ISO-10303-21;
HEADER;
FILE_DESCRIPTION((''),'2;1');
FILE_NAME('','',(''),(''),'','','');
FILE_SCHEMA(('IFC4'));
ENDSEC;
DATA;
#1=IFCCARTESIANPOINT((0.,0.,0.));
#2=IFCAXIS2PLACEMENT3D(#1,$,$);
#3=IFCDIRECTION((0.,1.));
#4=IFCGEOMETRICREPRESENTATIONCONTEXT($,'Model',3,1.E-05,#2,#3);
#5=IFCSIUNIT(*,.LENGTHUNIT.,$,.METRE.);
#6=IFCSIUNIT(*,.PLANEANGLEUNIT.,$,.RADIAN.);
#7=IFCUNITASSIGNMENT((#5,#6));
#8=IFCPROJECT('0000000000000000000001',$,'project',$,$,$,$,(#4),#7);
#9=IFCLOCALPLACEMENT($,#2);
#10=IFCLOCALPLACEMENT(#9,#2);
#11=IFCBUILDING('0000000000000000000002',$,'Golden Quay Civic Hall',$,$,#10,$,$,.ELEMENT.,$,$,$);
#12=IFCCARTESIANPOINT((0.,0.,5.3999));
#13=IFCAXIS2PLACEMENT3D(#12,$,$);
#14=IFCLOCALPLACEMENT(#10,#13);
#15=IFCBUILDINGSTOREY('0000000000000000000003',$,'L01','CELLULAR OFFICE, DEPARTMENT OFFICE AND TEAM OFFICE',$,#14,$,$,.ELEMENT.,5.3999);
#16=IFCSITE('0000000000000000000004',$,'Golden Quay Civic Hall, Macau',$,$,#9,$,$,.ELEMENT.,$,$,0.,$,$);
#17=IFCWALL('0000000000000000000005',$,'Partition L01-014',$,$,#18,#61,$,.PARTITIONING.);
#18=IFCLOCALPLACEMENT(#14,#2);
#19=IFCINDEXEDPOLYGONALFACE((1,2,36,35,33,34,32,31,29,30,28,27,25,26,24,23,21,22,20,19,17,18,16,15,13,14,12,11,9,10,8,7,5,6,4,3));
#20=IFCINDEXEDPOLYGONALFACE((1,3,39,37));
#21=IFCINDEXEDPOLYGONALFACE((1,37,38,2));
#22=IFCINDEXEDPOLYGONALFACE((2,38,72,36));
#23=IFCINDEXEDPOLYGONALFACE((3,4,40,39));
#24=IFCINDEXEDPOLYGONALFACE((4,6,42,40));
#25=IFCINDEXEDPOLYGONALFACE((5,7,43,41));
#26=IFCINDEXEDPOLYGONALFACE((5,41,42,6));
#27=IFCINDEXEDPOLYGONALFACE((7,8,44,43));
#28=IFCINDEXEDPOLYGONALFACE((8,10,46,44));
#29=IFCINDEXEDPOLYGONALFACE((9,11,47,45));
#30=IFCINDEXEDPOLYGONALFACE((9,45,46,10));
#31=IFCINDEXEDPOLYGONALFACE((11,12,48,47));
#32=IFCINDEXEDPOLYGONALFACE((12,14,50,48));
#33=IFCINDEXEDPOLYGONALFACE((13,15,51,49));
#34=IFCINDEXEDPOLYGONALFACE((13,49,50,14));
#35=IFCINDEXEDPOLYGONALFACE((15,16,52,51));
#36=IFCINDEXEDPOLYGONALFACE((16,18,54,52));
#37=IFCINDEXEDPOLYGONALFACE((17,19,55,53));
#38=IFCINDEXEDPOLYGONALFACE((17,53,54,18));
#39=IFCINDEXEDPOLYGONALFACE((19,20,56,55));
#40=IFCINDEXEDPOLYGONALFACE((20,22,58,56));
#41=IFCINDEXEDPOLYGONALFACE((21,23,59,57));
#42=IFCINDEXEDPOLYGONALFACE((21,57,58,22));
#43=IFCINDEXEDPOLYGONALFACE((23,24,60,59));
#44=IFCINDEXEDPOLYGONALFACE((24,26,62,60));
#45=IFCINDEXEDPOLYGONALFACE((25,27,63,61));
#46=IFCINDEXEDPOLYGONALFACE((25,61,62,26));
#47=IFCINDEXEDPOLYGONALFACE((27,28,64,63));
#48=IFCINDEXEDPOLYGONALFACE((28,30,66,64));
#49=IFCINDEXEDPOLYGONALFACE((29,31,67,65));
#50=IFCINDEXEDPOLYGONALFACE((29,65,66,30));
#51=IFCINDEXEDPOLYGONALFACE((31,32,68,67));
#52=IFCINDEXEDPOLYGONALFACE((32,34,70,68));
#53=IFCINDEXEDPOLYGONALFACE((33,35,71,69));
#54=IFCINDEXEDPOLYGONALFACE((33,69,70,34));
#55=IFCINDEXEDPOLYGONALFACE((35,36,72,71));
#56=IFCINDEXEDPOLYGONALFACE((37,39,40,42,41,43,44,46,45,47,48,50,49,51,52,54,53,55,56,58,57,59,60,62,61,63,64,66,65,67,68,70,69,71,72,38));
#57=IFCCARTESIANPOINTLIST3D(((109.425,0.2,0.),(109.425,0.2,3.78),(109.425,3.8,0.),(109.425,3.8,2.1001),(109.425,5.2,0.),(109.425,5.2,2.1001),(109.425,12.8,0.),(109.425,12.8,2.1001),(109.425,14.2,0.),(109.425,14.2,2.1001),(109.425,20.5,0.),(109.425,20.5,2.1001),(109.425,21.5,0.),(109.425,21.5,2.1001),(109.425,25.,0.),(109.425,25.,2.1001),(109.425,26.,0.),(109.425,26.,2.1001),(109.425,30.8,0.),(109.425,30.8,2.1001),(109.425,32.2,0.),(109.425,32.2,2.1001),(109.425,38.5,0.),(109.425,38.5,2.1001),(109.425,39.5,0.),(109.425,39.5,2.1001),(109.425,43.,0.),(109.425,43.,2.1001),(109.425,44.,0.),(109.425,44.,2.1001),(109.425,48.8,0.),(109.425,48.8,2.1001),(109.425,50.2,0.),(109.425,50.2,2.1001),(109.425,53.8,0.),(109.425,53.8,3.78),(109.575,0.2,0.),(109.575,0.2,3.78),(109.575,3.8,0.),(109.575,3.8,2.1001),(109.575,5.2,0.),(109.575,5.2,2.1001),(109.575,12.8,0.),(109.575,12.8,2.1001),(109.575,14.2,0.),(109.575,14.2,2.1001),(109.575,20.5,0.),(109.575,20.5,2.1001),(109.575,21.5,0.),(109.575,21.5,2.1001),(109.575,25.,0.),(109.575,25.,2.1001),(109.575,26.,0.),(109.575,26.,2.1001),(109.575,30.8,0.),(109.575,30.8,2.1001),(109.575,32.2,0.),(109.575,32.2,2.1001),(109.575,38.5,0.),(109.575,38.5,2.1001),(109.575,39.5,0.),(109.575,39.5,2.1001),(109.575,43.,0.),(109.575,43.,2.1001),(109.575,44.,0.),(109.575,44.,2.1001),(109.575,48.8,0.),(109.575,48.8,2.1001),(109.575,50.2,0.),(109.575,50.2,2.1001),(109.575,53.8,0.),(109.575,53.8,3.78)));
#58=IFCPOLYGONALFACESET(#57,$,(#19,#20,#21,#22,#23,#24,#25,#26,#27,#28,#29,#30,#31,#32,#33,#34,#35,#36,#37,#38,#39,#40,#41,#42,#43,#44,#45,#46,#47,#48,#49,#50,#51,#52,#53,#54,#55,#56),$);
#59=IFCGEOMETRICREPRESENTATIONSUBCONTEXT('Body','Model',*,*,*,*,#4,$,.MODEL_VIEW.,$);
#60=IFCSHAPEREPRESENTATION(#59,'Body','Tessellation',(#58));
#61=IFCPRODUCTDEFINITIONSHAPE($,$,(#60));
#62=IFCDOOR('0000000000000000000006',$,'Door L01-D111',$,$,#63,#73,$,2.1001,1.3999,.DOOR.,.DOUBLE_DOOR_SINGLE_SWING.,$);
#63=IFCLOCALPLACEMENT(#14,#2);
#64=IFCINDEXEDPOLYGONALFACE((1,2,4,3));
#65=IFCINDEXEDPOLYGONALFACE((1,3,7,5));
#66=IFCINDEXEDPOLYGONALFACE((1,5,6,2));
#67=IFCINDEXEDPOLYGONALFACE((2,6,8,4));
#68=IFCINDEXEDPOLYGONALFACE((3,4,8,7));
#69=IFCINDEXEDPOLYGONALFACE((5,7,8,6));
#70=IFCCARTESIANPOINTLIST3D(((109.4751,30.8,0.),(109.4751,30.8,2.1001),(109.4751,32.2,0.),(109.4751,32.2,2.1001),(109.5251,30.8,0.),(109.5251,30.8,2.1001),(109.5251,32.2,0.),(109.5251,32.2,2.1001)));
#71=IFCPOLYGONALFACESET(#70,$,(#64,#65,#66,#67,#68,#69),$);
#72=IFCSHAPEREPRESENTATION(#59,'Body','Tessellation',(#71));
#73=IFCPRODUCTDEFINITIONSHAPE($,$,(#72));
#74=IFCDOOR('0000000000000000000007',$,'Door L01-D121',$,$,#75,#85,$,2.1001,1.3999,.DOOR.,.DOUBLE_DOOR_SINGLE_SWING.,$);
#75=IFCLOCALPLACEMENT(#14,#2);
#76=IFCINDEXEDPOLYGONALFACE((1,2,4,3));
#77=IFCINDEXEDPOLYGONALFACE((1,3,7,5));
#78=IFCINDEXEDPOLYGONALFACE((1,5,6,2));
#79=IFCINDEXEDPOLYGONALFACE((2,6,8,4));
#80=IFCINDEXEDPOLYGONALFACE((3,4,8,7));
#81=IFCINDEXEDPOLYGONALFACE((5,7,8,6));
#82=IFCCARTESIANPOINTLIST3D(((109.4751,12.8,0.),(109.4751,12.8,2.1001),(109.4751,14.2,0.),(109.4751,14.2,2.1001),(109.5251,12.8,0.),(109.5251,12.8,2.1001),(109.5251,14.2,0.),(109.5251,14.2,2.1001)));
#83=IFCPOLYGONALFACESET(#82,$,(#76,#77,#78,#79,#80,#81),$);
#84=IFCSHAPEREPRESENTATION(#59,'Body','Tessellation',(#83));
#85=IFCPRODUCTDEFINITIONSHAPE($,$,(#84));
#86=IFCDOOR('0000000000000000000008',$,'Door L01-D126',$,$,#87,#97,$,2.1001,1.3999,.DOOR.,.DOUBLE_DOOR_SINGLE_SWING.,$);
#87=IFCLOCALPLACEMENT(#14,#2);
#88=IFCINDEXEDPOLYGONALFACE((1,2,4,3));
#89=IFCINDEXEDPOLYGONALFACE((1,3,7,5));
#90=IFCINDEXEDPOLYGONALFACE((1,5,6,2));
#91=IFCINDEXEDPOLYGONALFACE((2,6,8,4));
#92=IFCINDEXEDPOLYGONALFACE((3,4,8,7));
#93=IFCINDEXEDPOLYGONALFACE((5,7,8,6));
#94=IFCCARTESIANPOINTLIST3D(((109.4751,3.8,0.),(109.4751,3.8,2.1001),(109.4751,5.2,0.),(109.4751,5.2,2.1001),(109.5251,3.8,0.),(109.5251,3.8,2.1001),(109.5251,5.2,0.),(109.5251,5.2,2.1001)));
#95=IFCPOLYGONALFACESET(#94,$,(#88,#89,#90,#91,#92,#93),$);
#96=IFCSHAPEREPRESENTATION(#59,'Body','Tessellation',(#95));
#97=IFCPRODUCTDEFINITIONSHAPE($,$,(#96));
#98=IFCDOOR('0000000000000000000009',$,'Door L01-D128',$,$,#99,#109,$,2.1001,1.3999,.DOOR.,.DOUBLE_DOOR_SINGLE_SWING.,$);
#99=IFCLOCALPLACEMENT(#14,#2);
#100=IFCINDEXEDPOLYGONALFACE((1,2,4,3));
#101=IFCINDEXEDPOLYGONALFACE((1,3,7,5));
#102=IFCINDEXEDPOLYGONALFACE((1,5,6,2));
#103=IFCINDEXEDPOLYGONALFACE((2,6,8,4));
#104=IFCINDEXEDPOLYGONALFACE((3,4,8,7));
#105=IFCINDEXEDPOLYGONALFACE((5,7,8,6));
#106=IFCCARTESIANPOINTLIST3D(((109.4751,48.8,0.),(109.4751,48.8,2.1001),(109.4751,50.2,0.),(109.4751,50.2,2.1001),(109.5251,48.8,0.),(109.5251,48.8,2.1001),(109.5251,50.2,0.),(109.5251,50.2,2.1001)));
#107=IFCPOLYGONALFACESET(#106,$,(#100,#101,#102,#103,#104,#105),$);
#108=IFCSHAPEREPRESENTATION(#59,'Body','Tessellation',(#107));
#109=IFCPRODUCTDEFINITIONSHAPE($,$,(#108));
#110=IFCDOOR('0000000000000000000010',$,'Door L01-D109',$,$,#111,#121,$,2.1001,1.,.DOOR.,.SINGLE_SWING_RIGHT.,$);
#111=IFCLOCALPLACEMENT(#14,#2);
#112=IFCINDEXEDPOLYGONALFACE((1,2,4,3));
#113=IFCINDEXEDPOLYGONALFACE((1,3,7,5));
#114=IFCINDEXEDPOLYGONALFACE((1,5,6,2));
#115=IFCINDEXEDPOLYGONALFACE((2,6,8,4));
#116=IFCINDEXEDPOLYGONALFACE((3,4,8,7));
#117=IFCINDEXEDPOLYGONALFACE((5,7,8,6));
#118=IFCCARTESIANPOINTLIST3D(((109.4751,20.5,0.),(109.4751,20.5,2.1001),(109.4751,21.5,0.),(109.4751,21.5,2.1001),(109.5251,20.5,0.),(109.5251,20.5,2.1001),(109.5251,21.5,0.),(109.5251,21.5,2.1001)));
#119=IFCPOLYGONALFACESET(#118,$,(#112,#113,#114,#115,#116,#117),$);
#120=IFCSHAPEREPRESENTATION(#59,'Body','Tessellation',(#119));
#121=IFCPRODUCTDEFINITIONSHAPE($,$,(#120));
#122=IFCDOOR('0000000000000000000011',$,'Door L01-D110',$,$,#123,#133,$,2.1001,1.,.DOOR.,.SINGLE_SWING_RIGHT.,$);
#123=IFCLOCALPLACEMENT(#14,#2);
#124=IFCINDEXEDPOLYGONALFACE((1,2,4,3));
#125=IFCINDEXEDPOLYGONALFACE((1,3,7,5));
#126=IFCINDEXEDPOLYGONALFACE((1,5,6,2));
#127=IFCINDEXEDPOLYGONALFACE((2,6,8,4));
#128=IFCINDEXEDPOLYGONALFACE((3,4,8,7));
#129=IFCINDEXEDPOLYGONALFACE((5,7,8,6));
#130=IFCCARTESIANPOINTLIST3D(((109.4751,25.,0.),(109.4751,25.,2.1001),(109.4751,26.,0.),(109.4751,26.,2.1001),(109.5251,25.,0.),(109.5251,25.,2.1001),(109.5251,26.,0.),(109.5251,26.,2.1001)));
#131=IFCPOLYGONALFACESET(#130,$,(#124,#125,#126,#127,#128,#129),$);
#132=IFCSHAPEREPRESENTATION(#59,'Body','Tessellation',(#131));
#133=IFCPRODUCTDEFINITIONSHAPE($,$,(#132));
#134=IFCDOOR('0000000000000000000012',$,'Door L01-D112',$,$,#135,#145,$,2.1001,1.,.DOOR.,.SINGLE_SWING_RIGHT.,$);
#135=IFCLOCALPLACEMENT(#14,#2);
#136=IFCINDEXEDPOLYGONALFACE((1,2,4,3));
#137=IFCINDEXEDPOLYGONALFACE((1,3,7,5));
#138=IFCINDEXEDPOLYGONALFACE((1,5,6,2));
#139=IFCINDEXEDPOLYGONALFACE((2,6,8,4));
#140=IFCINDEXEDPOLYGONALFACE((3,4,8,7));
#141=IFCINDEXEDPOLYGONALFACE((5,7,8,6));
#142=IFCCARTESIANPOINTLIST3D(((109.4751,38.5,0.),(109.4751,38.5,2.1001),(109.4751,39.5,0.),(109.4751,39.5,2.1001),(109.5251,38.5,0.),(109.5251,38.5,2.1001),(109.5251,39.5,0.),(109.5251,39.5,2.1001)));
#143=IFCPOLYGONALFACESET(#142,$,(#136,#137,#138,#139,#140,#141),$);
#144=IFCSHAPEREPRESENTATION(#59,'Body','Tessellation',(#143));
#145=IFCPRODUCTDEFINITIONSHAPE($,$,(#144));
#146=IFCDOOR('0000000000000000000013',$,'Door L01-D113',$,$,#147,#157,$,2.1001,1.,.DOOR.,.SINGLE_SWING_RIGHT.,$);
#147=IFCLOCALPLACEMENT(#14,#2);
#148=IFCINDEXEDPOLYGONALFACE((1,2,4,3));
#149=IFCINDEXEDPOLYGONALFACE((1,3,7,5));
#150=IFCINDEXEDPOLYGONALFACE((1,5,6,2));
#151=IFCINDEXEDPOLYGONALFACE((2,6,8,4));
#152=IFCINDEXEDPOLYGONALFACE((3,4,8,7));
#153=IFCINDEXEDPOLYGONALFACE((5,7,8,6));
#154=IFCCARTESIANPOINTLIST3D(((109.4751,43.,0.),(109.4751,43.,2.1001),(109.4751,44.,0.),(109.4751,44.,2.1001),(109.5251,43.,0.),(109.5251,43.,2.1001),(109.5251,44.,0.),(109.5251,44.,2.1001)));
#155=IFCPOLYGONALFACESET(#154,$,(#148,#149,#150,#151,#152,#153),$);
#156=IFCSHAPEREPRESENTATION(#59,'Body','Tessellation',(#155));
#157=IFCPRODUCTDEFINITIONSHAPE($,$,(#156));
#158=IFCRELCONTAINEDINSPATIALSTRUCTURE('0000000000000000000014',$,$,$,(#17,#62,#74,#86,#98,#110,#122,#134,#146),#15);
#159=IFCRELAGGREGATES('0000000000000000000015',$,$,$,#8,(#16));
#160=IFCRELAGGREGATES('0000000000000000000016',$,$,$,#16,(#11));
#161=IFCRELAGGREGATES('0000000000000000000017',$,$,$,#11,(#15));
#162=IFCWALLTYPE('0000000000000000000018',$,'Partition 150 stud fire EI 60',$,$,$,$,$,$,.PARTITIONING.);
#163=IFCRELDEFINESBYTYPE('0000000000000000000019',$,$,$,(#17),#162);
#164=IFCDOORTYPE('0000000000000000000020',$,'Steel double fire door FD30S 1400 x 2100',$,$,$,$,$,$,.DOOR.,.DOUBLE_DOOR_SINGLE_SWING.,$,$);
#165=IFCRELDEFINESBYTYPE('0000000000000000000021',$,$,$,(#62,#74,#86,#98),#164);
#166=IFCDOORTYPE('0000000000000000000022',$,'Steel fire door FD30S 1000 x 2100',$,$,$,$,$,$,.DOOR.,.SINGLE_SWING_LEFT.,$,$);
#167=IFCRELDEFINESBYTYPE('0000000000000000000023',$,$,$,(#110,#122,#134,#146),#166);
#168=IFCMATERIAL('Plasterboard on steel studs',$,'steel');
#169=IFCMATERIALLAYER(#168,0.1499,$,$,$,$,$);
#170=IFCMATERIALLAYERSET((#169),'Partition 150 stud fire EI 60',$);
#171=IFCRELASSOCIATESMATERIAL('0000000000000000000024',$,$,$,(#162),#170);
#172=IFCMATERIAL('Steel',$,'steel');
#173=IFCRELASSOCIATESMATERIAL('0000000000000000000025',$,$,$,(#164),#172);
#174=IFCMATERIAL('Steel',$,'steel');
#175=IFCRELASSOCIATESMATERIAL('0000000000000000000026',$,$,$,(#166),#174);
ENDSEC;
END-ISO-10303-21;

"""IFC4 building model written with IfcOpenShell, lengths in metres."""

from ifc_helpers import new_model, si_unit, direction, frame, frame_2d, origin, place, context, subcontext, project, spatial, rectangle, extrude, material, layer, layer_set, type_object, element, fill, save


model = new_model("IFC4")

# Units and contexts
model_context = context("Model", 3, precision=1e-05, world=origin(), true_north=direction((0.0, 1.0)))
body_context = subcontext(model_context, "Body", "Model", "MODEL_VIEW")
ifc_project = project(units=[si_unit("LENGTHUNIT", "METRE"), si_unit("PLANEANGLEUNIT", "RADIAN")], contexts=[model_context])

# Site, building, storey
site_placement = place(None, origin())
site = spatial("IfcSite", under=ifc_project, at=site_placement, Name="Golden Quay Civic Hall, Macau", CompositionType="ELEMENT", RefElevation=0.0)
building_placement = place(site_placement, origin())
building = spatial("IfcBuilding", under=site, at=building_placement, Name="Golden Quay Civic Hall", CompositionType="ELEMENT")
storey_placement = place(building_placement, frame((0.0, 0.0, 5.3999)))
storey = spatial("IfcBuildingStorey", under=building, at=storey_placement, Name="L01", Description="CELLULAR OFFICE, DEPARTMENT OFFICE AND TEAM OFFICE", CompositionType="ELEMENT", Elevation=5.3999)

# Wall, openings, doors
ifc_material_1 = material(Name="Plasterboard on steel studs", Category="steel")
ifc_layer_1 = layer(ifc_material_1, 0.1499)
ifc_layer_set_1 = layer_set([ifc_layer_1], Name="Partition 150 stud fire EI 60")
wall_type_1 = type_object("IfcWallType", Name="Partition 150 stud fire EI 60", PredefinedType="PARTITIONING", material=ifc_layer_set_1)
wall_1_placement = place(storey_placement, frame((109.5, 0.2, 0.0), z_axis=(0.0, 0.0, 1.0), x_axis=(0.0, 1.0, 0.0)))
wall_1 = element("IfcWall", 1, at=wall_1_placement, inside=storey, type_object=wall_type_1, Name="Partition L01-014", PredefinedType="PARTITIONING", context=body_context, shape_type="SweptSolid", body=[
    extrude(rectangle(XDim=53.6001, YDim=0.1499, at=frame_2d((26.8, 0.0))), origin(), (0.0, 0.0, 1.0), 3.78),
])
opening_1_placement = place(wall_1_placement, frame((20.3, 0.0, 0.0)))
opening_1 = element("IfcOpeningElement", 2, at=opening_1_placement, cuts=wall_1, PredefinedType="OPENING", context=body_context, shape_type="SweptSolid", body=[
    extrude(rectangle(XDim=1.0, YDim=2.1001, at=frame_2d((0.5, 1.05))), frame((0.0, 0.085, 0.0), z_axis=(0.0, -1.0, 0.0), x_axis=(1.0, 0.0, 0.0)), (0.0, 0.0, 1.0), 0.1699),
])
opening_2_placement = place(wall_1_placement, frame((24.8, 0.0, 0.0)))
opening_2 = element("IfcOpeningElement", 3, at=opening_2_placement, cuts=wall_1, PredefinedType="OPENING", context=body_context, shape_type="SweptSolid", body=[
    extrude(rectangle(XDim=1.0, YDim=2.1001, at=frame_2d((0.5, 1.05))), frame((0.0, 0.085, 0.0), z_axis=(0.0, -1.0, 0.0), x_axis=(1.0, 0.0, 0.0)), (0.0, 0.0, 1.0), 0.1699),
])
opening_3_placement = place(wall_1_placement, frame((30.6001, 0.0, 0.0)))
opening_3 = element("IfcOpeningElement", 4, at=opening_3_placement, cuts=wall_1, PredefinedType="OPENING", context=body_context, shape_type="SweptSolid", body=[
    extrude(rectangle(XDim=1.3999, YDim=2.1001, at=frame_2d((0.7, 1.05))), frame((0.0, 0.085, 0.0), z_axis=(0.0, -1.0, 0.0), x_axis=(1.0, 0.0, 0.0)), (0.0, 0.0, 1.0), 0.1699),
])
opening_4_placement = place(wall_1_placement, frame((38.3, 0.0, 0.0)))
opening_4 = element("IfcOpeningElement", 5, at=opening_4_placement, cuts=wall_1, PredefinedType="OPENING", context=body_context, shape_type="SweptSolid", body=[
    extrude(rectangle(XDim=1.0, YDim=2.1001, at=frame_2d((0.5, 1.05))), frame((0.0, 0.085, 0.0), z_axis=(0.0, -1.0, 0.0), x_axis=(1.0, 0.0, 0.0)), (0.0, 0.0, 1.0), 0.1699),
])
opening_5_placement = place(wall_1_placement, frame((42.8, 0.0, 0.0)))
opening_5 = element("IfcOpeningElement", 6, at=opening_5_placement, cuts=wall_1, PredefinedType="OPENING", context=body_context, shape_type="SweptSolid", body=[
    extrude(rectangle(XDim=1.0, YDim=2.1001, at=frame_2d((0.5, 1.05))), frame((0.0, 0.085, 0.0), z_axis=(0.0, -1.0, 0.0), x_axis=(1.0, 0.0, 0.0)), (0.0, 0.0, 1.0), 0.1699),
])
opening_6_placement = place(wall_1_placement, frame((12.6001, 0.0, 0.0)))
opening_6 = element("IfcOpeningElement", 7, at=opening_6_placement, cuts=wall_1, PredefinedType="OPENING", context=body_context, shape_type="SweptSolid", body=[
    extrude(rectangle(XDim=1.3999, YDim=2.1001, at=frame_2d((0.7, 1.05))), frame((0.0, 0.085, 0.0), z_axis=(0.0, -1.0, 0.0), x_axis=(1.0, 0.0, 0.0)), (0.0, 0.0, 1.0), 0.1699),
])
opening_7_placement = place(wall_1_placement, frame((3.6001, 0.0, 0.0)))
opening_7 = element("IfcOpeningElement", 8, at=opening_7_placement, cuts=wall_1, PredefinedType="OPENING", context=body_context, shape_type="SweptSolid", body=[
    extrude(rectangle(XDim=1.3999, YDim=2.1001, at=frame_2d((0.7, 1.05))), frame((0.0, 0.085, 0.0), z_axis=(0.0, -1.0, 0.0), x_axis=(1.0, 0.0, 0.0)), (0.0, 0.0, 1.0), 0.1699),
])
opening_8_placement = place(wall_1_placement, frame((48.6001, 0.0, 0.0)))
opening_8 = element("IfcOpeningElement", 9, at=opening_8_placement, cuts=wall_1, PredefinedType="OPENING", context=body_context, shape_type="SweptSolid", body=[
    extrude(rectangle(XDim=1.3999, YDim=2.1001, at=frame_2d((0.7, 1.05))), frame((0.0, 0.085, 0.0), z_axis=(0.0, -1.0, 0.0), x_axis=(1.0, 0.0, 0.0)), (0.0, 0.0, 1.0), 0.1699),
])
ifc_material_2 = material(Name="Steel", Category="steel")
door_type_1 = type_object("IfcDoorType", Name="Steel double fire door FD30S 1400 x 2100", OperationType="DOUBLE_DOOR_SINGLE_SWING", PredefinedType="DOOR", material=ifc_material_2)
door_1_placement = place(opening_3_placement, frame((1.3999, 0.0, 0.0), z_axis=(0.0, 0.0, 1.0), x_axis=(-1.0, 0.0, 0.0)))
door_1 = element("IfcDoor", 10, at=door_1_placement, inside=storey, type_object=door_type_1, Name="Door L01-D111", OperationType="DOUBLE_DOOR_SINGLE_SWING", OverallHeight=2.1001, OverallWidth=1.3999, PredefinedType="DOOR", context=body_context, shape_type="SweptSolid", body=[
    extrude(rectangle(XDim=1.3999, YDim=2.1001, at=frame_2d((0.7, 1.05))), frame((0.0, 0.0251, 0.0), z_axis=(0.0, -1.0, 0.0), x_axis=(1.0, 0.0, 0.0)), (0.0, 0.0, 1.0), 0.05),
])
fill(opening_3, door_1)
door_2_placement = place(opening_6_placement, frame((1.3999, 0.0, 0.0), z_axis=(0.0, 0.0, 1.0), x_axis=(-1.0, 0.0, 0.0)))
door_2 = element("IfcDoor", 11, at=door_2_placement, inside=storey, type_object=door_type_1, Name="Door L01-D121", OperationType="DOUBLE_DOOR_SINGLE_SWING", OverallHeight=2.1001, OverallWidth=1.3999, PredefinedType="DOOR", context=body_context, shape_type="SweptSolid", body=[
    extrude(rectangle(XDim=1.3999, YDim=2.1001, at=frame_2d((0.7, 1.05))), frame((0.0, 0.0251, 0.0), z_axis=(0.0, -1.0, 0.0), x_axis=(1.0, 0.0, 0.0)), (0.0, 0.0, 1.0), 0.05),
])
fill(opening_6, door_2)
door_3_placement = place(opening_7_placement, origin())
door_3 = element("IfcDoor", 12, at=door_3_placement, inside=storey, type_object=door_type_1, Name="Door L01-D126", OperationType="DOUBLE_DOOR_SINGLE_SWING", OverallHeight=2.1001, OverallWidth=1.3999, PredefinedType="DOOR", context=body_context, shape_type="SweptSolid", body=[
    extrude(rectangle(XDim=1.3999, YDim=2.1001, at=frame_2d((0.7, 1.05))), frame((0.0, 0.0249, 0.0), z_axis=(0.0, -1.0, 0.0), x_axis=(1.0, 0.0, 0.0)), (0.0, 0.0, 1.0), 0.05),
])
fill(opening_7, door_3)
door_4_placement = place(opening_8_placement, origin())
door_4 = element("IfcDoor", 13, at=door_4_placement, inside=storey, type_object=door_type_1, Name="Door L01-D128", OperationType="DOUBLE_DOOR_SINGLE_SWING", OverallHeight=2.1001, OverallWidth=1.3999, PredefinedType="DOOR", context=body_context, shape_type="SweptSolid", body=[
    extrude(rectangle(XDim=1.3999, YDim=2.1001, at=frame_2d((0.7, 1.05))), frame((0.0, 0.0249, 0.0), z_axis=(0.0, -1.0, 0.0), x_axis=(1.0, 0.0, 0.0)), (0.0, 0.0, 1.0), 0.05),
])
fill(opening_8, door_4)
ifc_material_3 = material(Name="Steel", Category="steel")
door_type_2 = type_object("IfcDoorType", Name="Steel fire door FD30S 1000 x 2100", OperationType="SINGLE_SWING_LEFT", PredefinedType="DOOR", material=ifc_material_3)
door_5_placement = place(opening_1_placement, frame((1.0, 0.0, 0.0), z_axis=(0.0, 0.0, 1.0), x_axis=(-1.0, 0.0, 0.0)))
door_5 = element("IfcDoor", 14, at=door_5_placement, inside=storey, type_object=door_type_2, Name="Door L01-D109", OperationType="SINGLE_SWING_RIGHT", OverallHeight=2.1001, OverallWidth=1.0, PredefinedType="DOOR", context=body_context, shape_type="SweptSolid", body=[
    extrude(rectangle(XDim=1.0, YDim=2.1001, at=frame_2d((0.5, 1.05))), frame((0.0, 0.0251, 0.0), z_axis=(0.0, -1.0, 0.0), x_axis=(1.0, 0.0, 0.0)), (0.0, 0.0, 1.0), 0.05),
])
fill(opening_1, door_5)
door_6_placement = place(opening_2_placement, frame((1.0, 0.0, 0.0), z_axis=(0.0, 0.0, 1.0), x_axis=(-1.0, 0.0, 0.0)))
door_6 = element("IfcDoor", 15, at=door_6_placement, inside=storey, type_object=door_type_2, Name="Door L01-D110", OperationType="SINGLE_SWING_RIGHT", OverallHeight=2.1001, OverallWidth=1.0, PredefinedType="DOOR", context=body_context, shape_type="SweptSolid", body=[
    extrude(rectangle(XDim=1.0, YDim=2.1001, at=frame_2d((0.5, 1.05))), frame((0.0, 0.0251, 0.0), z_axis=(0.0, -1.0, 0.0), x_axis=(1.0, 0.0, 0.0)), (0.0, 0.0, 1.0), 0.05),
])
fill(opening_2, door_6)
door_7_placement = place(opening_4_placement, frame((1.0, 0.0, 0.0), z_axis=(0.0, 0.0, 1.0), x_axis=(-1.0, 0.0, 0.0)))
door_7 = element("IfcDoor", 16, at=door_7_placement, inside=storey, type_object=door_type_2, Name="Door L01-D112", OperationType="SINGLE_SWING_RIGHT", OverallHeight=2.1001, OverallWidth=1.0, PredefinedType="DOOR", context=body_context, shape_type="SweptSolid", body=[
    extrude(rectangle(XDim=1.0, YDim=2.1001, at=frame_2d((0.5, 1.05))), frame((0.0, 0.0251, 0.0), z_axis=(0.0, -1.0, 0.0), x_axis=(1.0, 0.0, 0.0)), (0.0, 0.0, 1.0), 0.05),
])
fill(opening_4, door_7)
door_8_placement = place(opening_5_placement, frame((1.0, 0.0, 0.0), z_axis=(0.0, 0.0, 1.0), x_axis=(-1.0, 0.0, 0.0)))
door_8 = element("IfcDoor", 17, at=door_8_placement, inside=storey, type_object=door_type_2, Name="Door L01-D113", OperationType="SINGLE_SWING_RIGHT", OverallHeight=2.1001, OverallWidth=1.0, PredefinedType="DOOR", context=body_context, shape_type="SweptSolid", body=[
    extrude(rectangle(XDim=1.0, YDim=2.1001, at=frame_2d((0.5, 1.05))), frame((0.0, 0.0251, 0.0), z_axis=(0.0, -1.0, 0.0), x_axis=(1.0, 0.0, 0.0)), (0.0, 0.0, 1.0), 0.05),
])
fill(opening_5, door_8)

save(model, "model.ifc")
